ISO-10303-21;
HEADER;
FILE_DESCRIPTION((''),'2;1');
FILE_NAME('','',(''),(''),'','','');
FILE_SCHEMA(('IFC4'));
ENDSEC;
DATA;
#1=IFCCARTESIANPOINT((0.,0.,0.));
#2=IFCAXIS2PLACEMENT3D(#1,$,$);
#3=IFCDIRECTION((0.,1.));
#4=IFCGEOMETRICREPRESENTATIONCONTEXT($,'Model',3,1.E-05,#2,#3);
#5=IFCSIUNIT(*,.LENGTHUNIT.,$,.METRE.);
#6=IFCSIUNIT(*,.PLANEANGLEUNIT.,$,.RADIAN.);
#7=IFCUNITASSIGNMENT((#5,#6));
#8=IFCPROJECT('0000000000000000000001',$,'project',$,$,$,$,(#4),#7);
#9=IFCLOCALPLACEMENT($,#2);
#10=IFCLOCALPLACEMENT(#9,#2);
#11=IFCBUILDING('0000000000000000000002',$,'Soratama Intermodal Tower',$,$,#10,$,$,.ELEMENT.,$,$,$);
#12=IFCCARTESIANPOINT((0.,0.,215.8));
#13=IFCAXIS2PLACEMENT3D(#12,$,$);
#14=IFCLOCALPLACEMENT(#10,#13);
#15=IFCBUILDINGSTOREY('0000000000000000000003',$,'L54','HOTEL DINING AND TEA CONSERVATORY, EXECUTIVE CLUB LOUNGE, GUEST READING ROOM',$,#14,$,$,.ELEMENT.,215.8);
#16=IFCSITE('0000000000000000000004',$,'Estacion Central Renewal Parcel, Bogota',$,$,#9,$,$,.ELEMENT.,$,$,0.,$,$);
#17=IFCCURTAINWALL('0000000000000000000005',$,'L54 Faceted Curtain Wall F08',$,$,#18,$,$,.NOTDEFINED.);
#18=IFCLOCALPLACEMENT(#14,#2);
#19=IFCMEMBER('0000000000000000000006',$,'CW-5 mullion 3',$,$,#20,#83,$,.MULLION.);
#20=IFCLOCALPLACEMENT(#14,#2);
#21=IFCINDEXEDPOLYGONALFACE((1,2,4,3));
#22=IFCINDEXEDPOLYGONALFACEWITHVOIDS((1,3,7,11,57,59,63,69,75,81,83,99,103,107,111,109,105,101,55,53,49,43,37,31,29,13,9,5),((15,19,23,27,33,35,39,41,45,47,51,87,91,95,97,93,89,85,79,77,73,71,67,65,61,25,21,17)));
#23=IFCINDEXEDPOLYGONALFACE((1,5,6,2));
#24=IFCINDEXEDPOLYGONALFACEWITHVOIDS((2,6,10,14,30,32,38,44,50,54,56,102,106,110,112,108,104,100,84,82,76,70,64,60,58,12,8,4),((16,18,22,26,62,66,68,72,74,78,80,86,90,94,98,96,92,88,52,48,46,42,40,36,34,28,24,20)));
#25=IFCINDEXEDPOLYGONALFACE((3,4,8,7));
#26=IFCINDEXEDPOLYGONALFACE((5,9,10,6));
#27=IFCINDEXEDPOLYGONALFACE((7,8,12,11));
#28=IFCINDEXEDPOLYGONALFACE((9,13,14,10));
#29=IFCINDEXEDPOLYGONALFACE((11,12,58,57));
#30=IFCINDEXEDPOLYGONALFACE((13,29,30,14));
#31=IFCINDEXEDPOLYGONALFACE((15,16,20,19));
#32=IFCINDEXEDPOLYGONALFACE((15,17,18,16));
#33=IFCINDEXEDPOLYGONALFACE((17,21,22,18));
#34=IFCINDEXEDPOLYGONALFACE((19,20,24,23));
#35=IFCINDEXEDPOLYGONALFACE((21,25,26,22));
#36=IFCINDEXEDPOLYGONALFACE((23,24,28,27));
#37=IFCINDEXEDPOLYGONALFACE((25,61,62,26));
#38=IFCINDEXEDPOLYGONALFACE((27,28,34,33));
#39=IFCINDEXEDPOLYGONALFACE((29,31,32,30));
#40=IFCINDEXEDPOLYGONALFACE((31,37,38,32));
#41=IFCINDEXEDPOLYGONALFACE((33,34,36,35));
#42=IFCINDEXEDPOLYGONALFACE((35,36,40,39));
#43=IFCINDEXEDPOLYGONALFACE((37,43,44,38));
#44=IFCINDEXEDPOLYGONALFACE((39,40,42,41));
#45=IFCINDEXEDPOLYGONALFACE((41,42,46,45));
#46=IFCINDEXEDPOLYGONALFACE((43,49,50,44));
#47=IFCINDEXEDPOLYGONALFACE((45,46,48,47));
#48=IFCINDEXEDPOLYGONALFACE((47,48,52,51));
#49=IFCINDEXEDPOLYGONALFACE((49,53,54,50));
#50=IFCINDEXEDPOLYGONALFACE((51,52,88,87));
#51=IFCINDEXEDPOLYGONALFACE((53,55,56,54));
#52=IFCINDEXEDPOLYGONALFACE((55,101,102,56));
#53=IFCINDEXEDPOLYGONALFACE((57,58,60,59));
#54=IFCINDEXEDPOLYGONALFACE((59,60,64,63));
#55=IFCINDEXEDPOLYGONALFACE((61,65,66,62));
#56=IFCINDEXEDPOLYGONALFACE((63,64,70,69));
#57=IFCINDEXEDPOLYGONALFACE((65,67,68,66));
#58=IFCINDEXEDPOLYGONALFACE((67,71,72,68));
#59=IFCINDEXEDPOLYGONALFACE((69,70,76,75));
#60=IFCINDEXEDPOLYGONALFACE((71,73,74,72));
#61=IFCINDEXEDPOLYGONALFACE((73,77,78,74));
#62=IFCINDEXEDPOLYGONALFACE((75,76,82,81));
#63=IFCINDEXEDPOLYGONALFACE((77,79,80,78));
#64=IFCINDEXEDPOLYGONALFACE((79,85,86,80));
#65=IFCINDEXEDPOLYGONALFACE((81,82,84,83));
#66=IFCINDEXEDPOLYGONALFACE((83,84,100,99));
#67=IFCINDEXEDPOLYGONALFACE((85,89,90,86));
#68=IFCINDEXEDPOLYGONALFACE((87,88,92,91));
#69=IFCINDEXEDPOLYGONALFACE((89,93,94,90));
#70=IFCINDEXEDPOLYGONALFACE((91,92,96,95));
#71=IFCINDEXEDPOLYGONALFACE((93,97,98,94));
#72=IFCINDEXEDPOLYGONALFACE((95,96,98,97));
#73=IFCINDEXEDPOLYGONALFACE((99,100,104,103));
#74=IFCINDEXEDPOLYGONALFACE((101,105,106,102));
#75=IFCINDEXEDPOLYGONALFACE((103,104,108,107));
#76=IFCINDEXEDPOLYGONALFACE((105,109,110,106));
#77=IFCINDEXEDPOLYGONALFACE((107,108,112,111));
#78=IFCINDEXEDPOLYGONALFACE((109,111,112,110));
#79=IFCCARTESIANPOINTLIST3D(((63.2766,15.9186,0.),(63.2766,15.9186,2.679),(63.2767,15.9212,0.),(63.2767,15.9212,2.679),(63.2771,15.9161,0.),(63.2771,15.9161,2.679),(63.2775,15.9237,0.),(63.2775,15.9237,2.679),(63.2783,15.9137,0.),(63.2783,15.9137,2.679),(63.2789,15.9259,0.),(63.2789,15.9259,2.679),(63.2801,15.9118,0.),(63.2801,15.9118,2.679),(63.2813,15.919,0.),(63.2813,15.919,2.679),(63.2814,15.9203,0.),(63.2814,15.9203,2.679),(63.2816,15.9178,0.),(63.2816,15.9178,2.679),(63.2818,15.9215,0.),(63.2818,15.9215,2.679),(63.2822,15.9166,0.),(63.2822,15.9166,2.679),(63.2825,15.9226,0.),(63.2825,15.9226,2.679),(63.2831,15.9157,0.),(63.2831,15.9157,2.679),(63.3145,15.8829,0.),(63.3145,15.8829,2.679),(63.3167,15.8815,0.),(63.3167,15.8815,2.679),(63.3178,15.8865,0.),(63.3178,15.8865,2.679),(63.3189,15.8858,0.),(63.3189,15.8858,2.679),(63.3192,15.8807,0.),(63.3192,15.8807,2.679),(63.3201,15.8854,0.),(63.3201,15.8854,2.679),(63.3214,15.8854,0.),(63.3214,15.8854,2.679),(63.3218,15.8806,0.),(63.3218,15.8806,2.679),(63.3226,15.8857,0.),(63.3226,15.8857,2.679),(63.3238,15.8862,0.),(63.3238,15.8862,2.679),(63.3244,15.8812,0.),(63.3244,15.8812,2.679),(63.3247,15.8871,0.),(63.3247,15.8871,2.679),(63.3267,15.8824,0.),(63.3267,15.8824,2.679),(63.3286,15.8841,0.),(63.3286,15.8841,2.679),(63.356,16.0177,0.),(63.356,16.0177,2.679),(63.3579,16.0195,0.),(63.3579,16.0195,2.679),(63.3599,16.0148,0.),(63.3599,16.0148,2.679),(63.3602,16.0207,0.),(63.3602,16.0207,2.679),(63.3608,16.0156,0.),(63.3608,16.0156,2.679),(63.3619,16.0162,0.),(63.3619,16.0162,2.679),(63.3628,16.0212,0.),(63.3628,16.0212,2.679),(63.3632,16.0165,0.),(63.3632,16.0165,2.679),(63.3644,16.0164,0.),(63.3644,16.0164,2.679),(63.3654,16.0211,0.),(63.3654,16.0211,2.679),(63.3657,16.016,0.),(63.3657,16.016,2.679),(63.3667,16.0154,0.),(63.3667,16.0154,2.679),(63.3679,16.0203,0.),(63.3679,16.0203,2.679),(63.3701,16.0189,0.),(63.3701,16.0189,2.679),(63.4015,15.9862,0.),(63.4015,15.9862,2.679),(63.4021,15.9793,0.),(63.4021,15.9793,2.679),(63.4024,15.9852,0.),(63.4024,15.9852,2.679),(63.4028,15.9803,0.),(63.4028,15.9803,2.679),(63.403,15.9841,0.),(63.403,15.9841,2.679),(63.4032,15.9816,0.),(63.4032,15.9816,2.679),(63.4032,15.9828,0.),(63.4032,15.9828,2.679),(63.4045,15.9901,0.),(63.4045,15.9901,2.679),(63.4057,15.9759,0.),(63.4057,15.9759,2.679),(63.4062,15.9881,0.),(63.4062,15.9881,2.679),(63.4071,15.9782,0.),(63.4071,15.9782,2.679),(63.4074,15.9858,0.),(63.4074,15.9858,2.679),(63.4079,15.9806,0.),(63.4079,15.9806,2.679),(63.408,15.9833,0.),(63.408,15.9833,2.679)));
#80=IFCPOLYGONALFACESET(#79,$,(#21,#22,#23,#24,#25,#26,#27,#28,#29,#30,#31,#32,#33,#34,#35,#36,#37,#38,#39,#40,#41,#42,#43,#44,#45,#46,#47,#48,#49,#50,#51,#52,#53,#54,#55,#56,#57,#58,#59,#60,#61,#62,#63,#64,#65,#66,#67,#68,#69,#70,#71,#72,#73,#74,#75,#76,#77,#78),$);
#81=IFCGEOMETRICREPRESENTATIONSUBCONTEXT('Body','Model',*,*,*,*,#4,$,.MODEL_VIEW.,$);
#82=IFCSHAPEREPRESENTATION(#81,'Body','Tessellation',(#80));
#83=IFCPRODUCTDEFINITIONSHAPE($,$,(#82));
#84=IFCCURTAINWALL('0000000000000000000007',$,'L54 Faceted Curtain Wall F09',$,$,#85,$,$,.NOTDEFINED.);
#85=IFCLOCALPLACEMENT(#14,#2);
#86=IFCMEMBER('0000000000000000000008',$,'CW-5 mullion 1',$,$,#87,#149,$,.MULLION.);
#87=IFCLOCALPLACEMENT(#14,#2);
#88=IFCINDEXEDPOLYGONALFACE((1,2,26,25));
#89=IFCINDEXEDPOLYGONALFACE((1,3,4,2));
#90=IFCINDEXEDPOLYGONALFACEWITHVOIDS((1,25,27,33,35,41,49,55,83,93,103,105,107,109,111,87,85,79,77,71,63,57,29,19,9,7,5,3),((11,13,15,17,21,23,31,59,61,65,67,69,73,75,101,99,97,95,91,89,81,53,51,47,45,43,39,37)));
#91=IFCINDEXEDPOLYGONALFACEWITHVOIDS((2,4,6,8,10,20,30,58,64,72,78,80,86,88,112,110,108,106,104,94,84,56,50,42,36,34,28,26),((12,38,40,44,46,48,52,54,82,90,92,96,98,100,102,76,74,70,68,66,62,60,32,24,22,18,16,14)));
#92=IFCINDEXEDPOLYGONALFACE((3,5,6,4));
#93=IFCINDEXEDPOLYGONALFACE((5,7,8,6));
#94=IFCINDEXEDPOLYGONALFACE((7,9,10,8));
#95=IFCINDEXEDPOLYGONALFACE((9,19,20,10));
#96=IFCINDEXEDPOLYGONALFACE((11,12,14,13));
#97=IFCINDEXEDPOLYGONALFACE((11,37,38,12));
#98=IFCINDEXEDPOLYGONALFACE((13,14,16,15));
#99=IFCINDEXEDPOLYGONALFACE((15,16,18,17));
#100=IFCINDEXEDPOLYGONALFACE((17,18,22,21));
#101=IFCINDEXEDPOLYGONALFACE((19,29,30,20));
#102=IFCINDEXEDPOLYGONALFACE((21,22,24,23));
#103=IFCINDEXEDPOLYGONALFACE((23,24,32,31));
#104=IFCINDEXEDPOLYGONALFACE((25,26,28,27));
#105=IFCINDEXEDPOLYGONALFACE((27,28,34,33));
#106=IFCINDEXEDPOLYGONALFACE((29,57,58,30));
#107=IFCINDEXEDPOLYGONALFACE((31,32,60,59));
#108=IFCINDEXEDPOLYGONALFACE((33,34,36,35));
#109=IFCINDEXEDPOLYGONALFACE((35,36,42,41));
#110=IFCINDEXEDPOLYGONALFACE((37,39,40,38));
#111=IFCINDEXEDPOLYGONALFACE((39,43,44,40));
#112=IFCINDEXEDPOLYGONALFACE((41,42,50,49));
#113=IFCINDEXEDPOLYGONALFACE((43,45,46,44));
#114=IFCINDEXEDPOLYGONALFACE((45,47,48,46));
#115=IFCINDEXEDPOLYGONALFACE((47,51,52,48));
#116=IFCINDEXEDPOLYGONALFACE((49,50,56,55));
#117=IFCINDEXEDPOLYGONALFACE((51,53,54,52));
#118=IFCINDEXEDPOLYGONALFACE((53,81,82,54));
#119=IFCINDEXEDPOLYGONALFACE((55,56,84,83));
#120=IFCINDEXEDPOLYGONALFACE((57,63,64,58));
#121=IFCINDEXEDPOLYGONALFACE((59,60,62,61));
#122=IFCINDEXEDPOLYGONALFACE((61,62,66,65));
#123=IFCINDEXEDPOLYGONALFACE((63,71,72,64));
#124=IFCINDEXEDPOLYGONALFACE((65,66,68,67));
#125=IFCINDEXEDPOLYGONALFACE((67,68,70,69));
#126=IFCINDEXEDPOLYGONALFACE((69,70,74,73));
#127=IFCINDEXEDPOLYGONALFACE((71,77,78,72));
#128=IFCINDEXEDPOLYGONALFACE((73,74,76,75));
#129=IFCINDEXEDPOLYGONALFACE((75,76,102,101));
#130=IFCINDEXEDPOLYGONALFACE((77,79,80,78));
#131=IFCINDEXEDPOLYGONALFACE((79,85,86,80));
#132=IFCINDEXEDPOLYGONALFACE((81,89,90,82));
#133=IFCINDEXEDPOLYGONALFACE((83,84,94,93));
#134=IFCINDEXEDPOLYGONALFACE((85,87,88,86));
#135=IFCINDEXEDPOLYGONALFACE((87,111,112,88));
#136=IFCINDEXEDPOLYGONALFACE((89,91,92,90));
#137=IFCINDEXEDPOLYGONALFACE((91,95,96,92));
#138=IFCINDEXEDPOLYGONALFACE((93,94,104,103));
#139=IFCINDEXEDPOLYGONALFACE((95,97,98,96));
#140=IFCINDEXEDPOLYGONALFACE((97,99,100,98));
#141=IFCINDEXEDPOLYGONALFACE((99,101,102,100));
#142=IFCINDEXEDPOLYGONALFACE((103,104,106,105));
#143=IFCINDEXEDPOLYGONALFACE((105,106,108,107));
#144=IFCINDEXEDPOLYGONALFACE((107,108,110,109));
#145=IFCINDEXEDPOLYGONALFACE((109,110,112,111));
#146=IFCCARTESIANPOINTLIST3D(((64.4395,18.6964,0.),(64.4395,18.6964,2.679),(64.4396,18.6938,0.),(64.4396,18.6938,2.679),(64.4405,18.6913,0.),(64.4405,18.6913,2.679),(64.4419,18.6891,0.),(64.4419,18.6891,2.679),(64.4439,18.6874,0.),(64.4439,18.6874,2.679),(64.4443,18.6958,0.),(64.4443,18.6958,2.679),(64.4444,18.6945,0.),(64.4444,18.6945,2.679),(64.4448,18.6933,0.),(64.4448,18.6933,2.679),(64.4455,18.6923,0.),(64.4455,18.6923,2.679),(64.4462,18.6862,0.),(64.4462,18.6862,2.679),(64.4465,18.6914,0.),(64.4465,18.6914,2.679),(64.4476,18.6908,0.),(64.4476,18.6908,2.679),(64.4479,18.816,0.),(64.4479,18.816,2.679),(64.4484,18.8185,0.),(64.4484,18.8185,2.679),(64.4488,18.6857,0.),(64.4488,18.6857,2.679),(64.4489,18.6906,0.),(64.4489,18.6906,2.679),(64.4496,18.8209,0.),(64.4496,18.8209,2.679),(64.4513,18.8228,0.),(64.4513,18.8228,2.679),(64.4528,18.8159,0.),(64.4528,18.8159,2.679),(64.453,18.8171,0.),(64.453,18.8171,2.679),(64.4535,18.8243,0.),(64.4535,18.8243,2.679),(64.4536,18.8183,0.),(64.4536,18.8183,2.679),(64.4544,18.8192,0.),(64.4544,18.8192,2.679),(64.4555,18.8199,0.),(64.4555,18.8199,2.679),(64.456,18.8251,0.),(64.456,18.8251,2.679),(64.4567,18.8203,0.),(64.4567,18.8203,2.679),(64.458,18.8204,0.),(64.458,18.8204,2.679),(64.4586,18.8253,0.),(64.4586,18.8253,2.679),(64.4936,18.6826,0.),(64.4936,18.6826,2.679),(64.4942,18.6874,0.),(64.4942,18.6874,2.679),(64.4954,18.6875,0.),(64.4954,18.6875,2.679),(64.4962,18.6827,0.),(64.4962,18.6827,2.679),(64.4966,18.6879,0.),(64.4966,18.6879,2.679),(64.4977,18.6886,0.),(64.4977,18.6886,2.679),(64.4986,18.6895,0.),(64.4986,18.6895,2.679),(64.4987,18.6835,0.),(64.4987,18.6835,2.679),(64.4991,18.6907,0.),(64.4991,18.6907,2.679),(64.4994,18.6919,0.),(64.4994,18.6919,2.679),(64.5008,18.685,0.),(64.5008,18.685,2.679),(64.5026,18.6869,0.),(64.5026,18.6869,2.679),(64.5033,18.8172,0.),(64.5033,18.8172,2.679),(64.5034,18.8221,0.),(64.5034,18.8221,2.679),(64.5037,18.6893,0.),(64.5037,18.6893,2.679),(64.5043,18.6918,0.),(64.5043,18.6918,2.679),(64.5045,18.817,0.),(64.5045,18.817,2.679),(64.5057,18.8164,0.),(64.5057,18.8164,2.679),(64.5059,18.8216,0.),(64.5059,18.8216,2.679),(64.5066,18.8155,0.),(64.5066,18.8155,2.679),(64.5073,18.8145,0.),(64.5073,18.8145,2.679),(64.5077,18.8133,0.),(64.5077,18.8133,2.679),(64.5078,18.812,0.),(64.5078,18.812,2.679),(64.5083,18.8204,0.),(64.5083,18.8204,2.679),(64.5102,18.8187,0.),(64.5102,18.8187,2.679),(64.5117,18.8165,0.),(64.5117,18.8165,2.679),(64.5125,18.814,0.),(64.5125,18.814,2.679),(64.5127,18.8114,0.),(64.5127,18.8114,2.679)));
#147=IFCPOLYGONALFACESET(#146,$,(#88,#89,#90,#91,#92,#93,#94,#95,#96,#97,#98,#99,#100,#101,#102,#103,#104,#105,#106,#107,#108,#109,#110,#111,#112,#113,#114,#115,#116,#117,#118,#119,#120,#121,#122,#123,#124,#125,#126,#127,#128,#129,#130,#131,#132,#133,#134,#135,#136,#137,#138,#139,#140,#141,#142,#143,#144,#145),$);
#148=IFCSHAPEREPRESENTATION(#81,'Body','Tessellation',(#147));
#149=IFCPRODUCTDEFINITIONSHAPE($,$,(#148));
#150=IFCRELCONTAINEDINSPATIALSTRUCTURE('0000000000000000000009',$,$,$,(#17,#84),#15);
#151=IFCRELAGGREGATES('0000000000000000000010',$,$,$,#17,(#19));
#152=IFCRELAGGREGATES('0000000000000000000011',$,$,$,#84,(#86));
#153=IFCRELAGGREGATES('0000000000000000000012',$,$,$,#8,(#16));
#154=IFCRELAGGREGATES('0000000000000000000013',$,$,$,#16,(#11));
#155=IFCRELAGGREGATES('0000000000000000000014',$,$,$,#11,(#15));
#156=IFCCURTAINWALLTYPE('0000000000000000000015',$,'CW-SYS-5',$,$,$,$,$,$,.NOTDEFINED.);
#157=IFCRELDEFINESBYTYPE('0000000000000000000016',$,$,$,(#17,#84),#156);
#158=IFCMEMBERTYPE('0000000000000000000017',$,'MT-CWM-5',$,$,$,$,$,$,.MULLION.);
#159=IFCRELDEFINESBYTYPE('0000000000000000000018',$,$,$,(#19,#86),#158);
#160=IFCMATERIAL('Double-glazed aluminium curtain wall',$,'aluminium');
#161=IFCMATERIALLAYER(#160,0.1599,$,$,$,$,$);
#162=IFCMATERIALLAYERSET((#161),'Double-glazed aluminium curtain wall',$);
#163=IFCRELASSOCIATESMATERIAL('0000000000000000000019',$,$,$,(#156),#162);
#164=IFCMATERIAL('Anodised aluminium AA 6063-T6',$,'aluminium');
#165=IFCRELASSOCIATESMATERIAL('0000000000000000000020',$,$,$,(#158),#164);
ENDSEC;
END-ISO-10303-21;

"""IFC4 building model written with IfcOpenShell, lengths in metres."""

from ifc_helpers import new_model, si_unit, direction, frame, origin, origin_2d, place, context, subcontext, project, spatial, hollow_rectangle, extrude, material, layer, layer_set, material_profile, profile_set, type_object, element, aggregate, save


model = new_model("IFC4")

# Units and contexts
model_context = context("Model", 3, precision=1e-05, world=origin(), true_north=direction((0.0, 1.0)))
body_context = subcontext(model_context, "Body", "Model", "MODEL_VIEW")
ifc_project = project(units=[si_unit("LENGTHUNIT", "METRE"), si_unit("PLANEANGLEUNIT", "RADIAN")], contexts=[model_context])

# Site, building, storey
site_placement = place(None, origin())
site = spatial("IfcSite", under=ifc_project, at=site_placement, Name="Estacion Central Renewal Parcel, Bogota", CompositionType="ELEMENT", RefElevation=0.0)
building_placement = place(site_placement, origin())
building = spatial("IfcBuilding", under=site, at=building_placement, Name="Soratama Intermodal Tower", CompositionType="ELEMENT")
storey_placement = place(building_placement, frame((0.0, 0.0, 215.8)))
storey = spatial("IfcBuildingStorey", under=building, at=storey_placement, Name="L54", Description="HOTEL DINING AND TEA CONSERVATORY, EXECUTIVE CLUB LOUNGE, GUEST READING ROOM", CompositionType="ELEMENT", Elevation=215.8)

# Curtain wall, member
ifc_material_1 = material(Name="Double-glazed aluminium curtain wall", Category="aluminium")
ifc_layer_1 = layer(ifc_material_1, 0.1599)
ifc_layer_set_1 = layer_set([ifc_layer_1], Name="Double-glazed aluminium curtain wall")
curtain_wall_type = type_object("IfcCurtainWallType", Name="CW-SYS-5", PredefinedType="NOTDEFINED", material=ifc_layer_set_1)
curtain_wall_1_placement = place(storey_placement, origin())
curtain_wall_1 = element("IfcCurtainWall", 1, at=curtain_wall_1_placement, inside=storey, type_object=curtain_wall_type, Name="L54 Faceted Curtain Wall F08", PredefinedType="NOTDEFINED")
ifc_material_2 = material(Name="Anodised aluminium AA 6063-T6", Category="aluminium")
ifc_material_profile_1 = material_profile(ifc_material_2, hollow_rectangle(XDim=0.0649, YDim=0.1399, WallThickness=0.0049, InnerFilletRadius=0.0049, OuterFilletRadius=0.01, at=origin_2d()), Name="CWM140X65X5")
ifc_profile_set_1 = profile_set([ifc_material_profile_1], Name="Anodised aluminium AA 6063-T6")
member_type_1 = type_object("IfcMemberType", Name="MT-CWM-5", PredefinedType="MULLION", material=ifc_profile_set_1)
member_1_placement = place(storey_placement, frame((63.3423, 15.9509, 0.0), z_axis=(0.0, 0.0, 1.0), x_axis=(-0.765823, 0.643051, 0.0)))
member_1 = element("IfcMember", 2, at=member_1_placement, type_object=member_type_1, Name="CW-5 mullion 3", PredefinedType="MULLION", context=body_context, shape_type="SweptSolid", body=[
    extrude(hollow_rectangle(XDim=0.0649, YDim=0.1399, WallThickness=0.0049, InnerFilletRadius=0.0049, OuterFilletRadius=0.01, at=origin_2d()), origin(), (0.0, 0.0, 1.0), 2.679),
])

# Curtain wall, member
curtain_wall_2_placement = place(storey_placement, origin())
curtain_wall_2 = element("IfcCurtainWall", 3, at=curtain_wall_2_placement, inside=storey, type_object=curtain_wall_type, Name="L54 Faceted Curtain Wall F09", PredefinedType="NOTDEFINED")
member_2_placement = place(storey_placement, frame((64.4761, 18.7539, 0.0), z_axis=(0.0, 0.0, 1.0), x_axis=(-0.997539, 0.070109, 0.0)))
member_2 = element("IfcMember", 4, at=member_2_placement, type_object=member_type_1, Name="CW-5 mullion 1", PredefinedType="MULLION", context=body_context, shape_type="SweptSolid", body=[
    extrude(hollow_rectangle(XDim=0.0649, YDim=0.1399, WallThickness=0.0049, InnerFilletRadius=0.0049, OuterFilletRadius=0.01, at=origin_2d()), origin(), (0.0, 0.0, 1.0), 2.679),
])

aggregate(curtain_wall_1, [member_1])
aggregate(curtain_wall_2, [member_2])

save(model, "model.ifc")
